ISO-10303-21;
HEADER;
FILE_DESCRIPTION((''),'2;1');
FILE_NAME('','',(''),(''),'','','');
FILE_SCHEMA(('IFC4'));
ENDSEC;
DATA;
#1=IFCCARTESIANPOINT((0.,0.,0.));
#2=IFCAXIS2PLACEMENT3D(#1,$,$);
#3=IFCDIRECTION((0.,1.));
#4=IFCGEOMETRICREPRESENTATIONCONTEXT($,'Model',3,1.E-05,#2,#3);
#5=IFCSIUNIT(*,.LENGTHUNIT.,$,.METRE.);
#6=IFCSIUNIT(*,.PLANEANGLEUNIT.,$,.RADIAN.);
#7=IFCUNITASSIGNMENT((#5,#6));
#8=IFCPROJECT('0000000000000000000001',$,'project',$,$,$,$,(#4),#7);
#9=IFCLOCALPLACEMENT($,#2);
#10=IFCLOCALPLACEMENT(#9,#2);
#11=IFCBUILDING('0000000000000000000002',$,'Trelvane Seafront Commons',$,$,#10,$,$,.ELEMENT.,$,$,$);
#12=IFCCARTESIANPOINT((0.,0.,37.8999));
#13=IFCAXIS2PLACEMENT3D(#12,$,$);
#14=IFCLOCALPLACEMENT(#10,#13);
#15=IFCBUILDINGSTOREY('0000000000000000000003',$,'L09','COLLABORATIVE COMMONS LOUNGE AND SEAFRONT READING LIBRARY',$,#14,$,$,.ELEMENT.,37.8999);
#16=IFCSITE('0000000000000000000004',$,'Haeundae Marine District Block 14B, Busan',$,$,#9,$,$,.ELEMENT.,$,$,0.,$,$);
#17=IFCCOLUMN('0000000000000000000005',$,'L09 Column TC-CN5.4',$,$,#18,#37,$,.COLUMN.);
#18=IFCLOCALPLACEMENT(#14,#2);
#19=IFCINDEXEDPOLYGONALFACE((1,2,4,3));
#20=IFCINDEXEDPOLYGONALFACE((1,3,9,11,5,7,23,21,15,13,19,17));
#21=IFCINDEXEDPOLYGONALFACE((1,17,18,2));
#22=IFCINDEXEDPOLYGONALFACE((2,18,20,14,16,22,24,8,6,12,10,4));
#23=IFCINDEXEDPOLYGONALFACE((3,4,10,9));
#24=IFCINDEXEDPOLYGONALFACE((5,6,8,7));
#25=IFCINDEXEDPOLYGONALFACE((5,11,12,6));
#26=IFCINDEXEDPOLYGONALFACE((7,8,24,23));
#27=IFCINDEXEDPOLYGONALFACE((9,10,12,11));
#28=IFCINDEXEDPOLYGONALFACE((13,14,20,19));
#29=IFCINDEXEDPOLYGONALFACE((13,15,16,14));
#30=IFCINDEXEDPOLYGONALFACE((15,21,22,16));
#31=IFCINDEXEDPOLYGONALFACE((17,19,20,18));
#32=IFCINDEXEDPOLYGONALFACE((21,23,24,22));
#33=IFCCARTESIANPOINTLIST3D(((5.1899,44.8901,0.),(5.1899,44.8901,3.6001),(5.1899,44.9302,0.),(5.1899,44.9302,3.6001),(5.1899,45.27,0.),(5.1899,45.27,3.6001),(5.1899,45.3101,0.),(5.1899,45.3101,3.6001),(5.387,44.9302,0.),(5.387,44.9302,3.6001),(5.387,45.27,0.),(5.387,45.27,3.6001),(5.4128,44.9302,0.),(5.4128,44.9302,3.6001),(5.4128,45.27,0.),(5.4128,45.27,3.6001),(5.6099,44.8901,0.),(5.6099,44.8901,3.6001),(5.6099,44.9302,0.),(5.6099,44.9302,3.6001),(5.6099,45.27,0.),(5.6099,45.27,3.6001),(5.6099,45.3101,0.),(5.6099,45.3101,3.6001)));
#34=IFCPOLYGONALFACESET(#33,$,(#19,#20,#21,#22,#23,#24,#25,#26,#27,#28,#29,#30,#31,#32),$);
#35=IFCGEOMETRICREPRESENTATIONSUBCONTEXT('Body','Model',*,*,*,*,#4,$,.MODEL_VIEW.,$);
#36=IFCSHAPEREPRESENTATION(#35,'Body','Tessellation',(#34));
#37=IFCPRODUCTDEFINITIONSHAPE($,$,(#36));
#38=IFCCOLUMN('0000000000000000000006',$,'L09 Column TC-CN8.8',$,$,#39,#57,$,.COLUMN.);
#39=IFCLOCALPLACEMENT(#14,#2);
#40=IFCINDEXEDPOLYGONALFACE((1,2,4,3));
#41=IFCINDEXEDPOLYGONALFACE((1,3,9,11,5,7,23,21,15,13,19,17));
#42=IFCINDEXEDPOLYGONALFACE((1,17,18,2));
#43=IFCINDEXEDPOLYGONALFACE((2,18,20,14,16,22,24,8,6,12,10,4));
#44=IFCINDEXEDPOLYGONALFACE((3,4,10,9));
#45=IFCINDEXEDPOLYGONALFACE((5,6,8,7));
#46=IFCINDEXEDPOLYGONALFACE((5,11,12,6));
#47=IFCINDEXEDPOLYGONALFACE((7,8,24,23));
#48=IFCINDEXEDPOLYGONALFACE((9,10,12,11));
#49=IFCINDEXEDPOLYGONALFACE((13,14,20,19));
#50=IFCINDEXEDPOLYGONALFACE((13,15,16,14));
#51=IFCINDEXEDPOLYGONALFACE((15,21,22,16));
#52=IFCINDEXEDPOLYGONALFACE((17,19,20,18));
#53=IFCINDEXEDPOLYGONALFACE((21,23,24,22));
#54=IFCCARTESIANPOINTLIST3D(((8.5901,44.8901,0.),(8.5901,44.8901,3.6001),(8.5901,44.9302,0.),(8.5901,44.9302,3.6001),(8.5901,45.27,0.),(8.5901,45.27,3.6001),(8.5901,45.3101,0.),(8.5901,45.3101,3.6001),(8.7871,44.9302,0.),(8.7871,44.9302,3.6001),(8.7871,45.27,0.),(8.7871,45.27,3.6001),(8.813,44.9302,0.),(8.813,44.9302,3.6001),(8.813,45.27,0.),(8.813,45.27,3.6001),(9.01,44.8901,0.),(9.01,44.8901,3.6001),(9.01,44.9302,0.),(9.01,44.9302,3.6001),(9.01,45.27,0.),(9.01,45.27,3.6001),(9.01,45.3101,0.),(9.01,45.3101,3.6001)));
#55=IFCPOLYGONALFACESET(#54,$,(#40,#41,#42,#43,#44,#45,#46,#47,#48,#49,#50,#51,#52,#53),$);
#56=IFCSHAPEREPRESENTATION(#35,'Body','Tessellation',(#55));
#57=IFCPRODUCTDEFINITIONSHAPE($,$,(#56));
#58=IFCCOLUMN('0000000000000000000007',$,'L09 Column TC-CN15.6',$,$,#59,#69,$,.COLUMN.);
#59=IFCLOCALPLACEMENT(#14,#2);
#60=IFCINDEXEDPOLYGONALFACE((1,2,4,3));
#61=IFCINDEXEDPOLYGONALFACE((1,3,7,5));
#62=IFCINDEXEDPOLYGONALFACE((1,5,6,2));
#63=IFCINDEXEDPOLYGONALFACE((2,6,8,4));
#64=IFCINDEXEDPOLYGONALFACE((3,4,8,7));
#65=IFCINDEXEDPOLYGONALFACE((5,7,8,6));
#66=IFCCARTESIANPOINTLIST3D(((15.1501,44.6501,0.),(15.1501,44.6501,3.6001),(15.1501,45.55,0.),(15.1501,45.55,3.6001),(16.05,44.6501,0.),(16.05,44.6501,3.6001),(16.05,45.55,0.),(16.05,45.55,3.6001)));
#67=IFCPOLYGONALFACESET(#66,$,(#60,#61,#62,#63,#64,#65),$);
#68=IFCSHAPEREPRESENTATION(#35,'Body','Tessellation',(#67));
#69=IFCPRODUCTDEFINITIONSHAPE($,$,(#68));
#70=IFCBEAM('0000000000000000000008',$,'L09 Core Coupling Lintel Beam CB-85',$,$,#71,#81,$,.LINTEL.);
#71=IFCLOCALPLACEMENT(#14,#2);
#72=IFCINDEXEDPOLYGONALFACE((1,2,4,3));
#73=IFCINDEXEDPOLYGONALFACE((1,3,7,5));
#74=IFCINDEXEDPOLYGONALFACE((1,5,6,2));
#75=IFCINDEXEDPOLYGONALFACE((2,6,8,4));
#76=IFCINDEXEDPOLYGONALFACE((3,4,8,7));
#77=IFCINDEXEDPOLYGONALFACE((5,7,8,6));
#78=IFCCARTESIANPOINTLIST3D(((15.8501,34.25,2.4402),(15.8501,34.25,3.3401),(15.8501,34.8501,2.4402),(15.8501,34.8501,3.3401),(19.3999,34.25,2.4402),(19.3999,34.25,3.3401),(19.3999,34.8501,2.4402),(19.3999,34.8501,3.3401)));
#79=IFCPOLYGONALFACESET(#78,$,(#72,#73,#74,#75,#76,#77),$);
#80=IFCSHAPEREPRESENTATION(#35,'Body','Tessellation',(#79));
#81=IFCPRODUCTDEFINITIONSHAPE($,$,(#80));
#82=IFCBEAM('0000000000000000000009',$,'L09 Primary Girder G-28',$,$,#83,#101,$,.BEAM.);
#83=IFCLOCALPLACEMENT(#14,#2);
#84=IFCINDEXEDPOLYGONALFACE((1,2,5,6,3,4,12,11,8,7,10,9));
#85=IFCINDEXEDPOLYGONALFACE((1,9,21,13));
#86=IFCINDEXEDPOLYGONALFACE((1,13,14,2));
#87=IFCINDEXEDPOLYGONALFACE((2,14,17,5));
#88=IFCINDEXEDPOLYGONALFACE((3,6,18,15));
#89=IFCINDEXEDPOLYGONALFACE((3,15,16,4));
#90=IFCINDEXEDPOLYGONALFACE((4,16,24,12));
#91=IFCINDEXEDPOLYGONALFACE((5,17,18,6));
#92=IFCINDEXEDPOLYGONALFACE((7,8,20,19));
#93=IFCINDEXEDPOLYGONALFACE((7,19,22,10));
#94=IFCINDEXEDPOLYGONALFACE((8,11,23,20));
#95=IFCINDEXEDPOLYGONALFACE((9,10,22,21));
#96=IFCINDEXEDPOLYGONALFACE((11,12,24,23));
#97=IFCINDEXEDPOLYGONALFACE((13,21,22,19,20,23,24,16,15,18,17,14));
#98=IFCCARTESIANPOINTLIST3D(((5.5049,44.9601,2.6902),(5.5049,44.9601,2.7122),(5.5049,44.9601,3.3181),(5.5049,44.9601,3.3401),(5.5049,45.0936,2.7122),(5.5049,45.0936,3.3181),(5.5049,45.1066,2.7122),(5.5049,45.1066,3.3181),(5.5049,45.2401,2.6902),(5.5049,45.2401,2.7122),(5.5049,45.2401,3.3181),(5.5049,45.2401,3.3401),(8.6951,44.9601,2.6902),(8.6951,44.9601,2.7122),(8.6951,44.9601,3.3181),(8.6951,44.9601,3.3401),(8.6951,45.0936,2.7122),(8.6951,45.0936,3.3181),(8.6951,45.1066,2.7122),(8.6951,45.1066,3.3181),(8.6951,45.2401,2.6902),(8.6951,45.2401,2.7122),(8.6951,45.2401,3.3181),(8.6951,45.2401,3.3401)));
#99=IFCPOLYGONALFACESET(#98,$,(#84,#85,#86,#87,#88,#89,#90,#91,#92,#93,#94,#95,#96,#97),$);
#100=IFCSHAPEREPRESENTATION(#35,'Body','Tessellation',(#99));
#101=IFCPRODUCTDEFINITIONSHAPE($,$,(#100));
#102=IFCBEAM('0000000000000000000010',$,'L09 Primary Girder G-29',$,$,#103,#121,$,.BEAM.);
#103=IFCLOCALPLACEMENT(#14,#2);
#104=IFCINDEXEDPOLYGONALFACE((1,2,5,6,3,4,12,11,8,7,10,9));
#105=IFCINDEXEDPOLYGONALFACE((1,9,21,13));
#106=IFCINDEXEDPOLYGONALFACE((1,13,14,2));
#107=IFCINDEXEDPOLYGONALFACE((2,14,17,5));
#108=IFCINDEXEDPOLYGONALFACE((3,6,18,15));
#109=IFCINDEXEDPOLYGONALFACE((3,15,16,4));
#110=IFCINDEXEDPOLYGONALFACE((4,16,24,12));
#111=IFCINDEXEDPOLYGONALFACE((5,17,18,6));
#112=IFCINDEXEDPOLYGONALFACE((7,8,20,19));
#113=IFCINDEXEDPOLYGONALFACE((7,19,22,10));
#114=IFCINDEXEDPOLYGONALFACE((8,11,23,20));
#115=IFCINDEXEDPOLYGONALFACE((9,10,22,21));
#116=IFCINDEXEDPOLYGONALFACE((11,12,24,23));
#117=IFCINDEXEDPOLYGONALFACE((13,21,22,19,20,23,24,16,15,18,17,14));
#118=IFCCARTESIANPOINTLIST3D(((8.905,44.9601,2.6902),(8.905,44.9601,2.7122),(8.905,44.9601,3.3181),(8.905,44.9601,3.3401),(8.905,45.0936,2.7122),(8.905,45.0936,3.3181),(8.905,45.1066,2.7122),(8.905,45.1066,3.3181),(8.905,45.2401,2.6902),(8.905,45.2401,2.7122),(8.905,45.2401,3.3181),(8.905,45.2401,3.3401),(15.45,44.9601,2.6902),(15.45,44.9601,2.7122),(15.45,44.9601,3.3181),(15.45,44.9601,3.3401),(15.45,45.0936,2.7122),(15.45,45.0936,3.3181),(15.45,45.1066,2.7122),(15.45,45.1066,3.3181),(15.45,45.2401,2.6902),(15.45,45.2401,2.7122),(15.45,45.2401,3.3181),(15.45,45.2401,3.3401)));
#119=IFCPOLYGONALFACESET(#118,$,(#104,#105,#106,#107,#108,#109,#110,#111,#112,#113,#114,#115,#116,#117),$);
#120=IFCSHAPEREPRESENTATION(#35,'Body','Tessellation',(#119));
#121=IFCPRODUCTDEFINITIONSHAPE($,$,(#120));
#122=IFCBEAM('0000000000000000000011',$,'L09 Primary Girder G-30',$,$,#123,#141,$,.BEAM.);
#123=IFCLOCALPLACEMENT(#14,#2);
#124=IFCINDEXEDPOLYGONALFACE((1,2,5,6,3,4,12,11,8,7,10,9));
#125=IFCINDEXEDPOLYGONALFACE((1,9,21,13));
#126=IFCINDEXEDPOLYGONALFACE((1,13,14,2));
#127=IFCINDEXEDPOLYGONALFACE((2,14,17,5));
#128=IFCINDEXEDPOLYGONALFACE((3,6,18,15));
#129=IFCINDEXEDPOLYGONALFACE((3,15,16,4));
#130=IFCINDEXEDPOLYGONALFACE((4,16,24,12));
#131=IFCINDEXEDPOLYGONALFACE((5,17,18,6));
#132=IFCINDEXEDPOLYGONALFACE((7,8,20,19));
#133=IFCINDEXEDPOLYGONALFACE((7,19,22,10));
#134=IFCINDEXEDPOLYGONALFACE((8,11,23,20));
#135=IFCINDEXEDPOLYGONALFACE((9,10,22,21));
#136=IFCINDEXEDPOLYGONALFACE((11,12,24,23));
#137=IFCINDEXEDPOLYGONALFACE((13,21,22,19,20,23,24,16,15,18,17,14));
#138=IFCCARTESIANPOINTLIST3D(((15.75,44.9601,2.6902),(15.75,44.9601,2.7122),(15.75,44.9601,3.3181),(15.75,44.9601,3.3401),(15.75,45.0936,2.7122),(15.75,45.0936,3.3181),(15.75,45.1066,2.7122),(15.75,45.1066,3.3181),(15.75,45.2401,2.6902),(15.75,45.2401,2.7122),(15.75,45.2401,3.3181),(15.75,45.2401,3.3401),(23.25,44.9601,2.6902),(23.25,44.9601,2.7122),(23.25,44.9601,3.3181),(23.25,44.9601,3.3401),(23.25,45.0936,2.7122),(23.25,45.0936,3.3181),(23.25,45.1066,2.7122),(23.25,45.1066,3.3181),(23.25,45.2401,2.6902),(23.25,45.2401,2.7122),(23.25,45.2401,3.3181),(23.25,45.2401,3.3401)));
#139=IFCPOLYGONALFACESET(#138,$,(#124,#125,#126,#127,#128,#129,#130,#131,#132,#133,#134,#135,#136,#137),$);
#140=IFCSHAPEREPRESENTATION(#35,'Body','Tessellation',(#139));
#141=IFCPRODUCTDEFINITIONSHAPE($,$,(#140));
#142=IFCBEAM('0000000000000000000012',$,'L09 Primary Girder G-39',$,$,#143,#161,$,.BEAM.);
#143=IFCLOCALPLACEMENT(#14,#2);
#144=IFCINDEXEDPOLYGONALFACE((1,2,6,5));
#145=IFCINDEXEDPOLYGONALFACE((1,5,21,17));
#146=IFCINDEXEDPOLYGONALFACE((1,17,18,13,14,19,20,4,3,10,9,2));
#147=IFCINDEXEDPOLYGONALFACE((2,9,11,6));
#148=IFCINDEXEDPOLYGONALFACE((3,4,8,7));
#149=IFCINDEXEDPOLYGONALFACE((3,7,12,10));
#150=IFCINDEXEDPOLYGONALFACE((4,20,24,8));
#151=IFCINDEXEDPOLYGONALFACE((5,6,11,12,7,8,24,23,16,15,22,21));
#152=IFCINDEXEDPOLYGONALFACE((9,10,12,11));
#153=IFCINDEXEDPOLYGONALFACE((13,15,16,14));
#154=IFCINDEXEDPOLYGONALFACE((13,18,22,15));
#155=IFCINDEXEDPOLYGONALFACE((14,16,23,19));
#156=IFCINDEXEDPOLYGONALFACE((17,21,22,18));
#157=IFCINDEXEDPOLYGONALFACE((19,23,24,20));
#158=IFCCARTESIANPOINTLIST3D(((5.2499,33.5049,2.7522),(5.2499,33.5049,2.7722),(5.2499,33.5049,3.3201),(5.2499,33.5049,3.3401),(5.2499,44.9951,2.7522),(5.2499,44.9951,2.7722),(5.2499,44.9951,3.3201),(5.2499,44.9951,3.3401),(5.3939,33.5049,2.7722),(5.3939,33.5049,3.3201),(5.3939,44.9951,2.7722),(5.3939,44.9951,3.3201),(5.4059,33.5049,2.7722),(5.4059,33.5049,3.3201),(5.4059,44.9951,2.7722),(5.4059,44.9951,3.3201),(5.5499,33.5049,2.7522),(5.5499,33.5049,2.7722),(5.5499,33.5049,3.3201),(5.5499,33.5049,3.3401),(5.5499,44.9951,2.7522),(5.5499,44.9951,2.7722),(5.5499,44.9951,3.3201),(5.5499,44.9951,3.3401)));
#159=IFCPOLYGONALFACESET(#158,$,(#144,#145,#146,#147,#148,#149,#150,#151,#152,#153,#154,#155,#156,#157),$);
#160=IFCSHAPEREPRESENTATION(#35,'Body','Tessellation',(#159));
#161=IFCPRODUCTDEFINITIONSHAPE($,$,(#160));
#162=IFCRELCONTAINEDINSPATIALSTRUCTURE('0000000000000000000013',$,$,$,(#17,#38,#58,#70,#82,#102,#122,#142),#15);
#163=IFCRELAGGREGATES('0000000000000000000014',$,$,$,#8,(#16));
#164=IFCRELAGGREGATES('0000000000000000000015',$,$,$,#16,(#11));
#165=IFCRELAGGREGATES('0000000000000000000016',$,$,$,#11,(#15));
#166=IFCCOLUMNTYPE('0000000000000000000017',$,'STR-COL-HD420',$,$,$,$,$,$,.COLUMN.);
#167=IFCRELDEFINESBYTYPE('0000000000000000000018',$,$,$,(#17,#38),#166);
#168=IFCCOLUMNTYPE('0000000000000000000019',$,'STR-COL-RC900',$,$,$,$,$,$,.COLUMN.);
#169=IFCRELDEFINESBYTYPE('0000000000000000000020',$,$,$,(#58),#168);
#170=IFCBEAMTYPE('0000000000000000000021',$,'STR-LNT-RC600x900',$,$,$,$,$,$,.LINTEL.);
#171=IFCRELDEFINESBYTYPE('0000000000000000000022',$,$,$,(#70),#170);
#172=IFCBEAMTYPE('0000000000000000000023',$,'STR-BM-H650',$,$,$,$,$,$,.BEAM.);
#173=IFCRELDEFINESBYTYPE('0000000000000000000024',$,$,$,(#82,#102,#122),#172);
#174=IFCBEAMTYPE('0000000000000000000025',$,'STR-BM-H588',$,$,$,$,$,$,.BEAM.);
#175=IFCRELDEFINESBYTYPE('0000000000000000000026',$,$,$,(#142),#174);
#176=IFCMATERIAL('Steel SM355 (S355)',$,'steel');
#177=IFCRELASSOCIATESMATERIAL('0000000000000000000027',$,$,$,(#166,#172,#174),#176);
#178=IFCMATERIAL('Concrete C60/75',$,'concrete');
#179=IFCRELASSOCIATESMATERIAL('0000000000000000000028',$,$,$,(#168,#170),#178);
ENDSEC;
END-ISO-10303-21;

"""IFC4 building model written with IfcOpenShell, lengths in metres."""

from ifc_helpers import new_model, si_unit, direction, frame, origin, origin_2d, place, context, subcontext, project, spatial, rectangle, i_section, extrude, source, transform, mapped, material, material_profile, profile_set, type_object, element, save


model = new_model("IFC4")

# Units and contexts
model_context = context("Model", 3, precision=1e-05, world=origin(), true_north=direction((0.0, 1.0)))
body_context = subcontext(model_context, "Body", "Model", "MODEL_VIEW")
ifc_project = project(units=[si_unit("LENGTHUNIT", "METRE"), si_unit("PLANEANGLEUNIT", "RADIAN")], contexts=[model_context])

# Site, building, storey
site_placement = place(None, origin())
site = spatial("IfcSite", under=ifc_project, at=site_placement, Name="Haeundae Marine District Block 14B, Busan", CompositionType="ELEMENT", RefElevation=0.0)
building_placement = place(site_placement, origin())
building = spatial("IfcBuilding", under=site, at=building_placement, Name="Trelvane Seafront Commons", CompositionType="ELEMENT")
storey_placement = place(building_placement, frame((0.0, 0.0, 37.8999)))
storey = spatial("IfcBuildingStorey", under=building, at=storey_placement, Name="L09", Description="COLLABORATIVE COMMONS LOUNGE AND SEAFRONT READING LIBRARY", CompositionType="ELEMENT", Elevation=37.8999)

# Columns
ifc_material_1 = material(Name="Steel SM355 (S355)", Category="steel")
ifc_material_profile_1 = material_profile(ifc_material_1, i_section(OverallWidth=0.4199, OverallDepth=0.4199, WebThickness=0.0259, FlangeThickness=0.04, at=origin_2d()), Name="HD-420x420x26x40")
ifc_profile_set_1 = profile_set([ifc_material_profile_1], Name="Steel SM355 (S355)")
column_type_1 = type_object("IfcColumnType", Name="STR-COL-HD420", PredefinedType="COLUMN", material=ifc_profile_set_1)
shared_shape_1 = source(origin(), body_context, "Body", "SweptSolid", [
    extrude(i_section(OverallWidth=0.4199, OverallDepth=0.4199, WebThickness=0.0259, FlangeThickness=0.04, at=origin_2d()), origin(), (0.0, 0.0, 1.0), 3.6001),
])
for number, where, z_axis, x_axis, name in (
    (1, (5.3999, 45.1001, 0.0), (0.0, 0.0, 1.0), (1.0, 0.0, 0.0), "L09 Column TC-CN5.4"),
    (2, (8.8, 45.1001, 0.0), (0.0, 0.0, 1.0), (1.0, 0.0, 0.0), "L09 Column TC-CN8.8"),
):
    element("IfcColumn", number, at=place(storey_placement, frame(where, z_axis=z_axis, x_axis=x_axis)), inside=storey, type_object=column_type_1, Name=name, PredefinedType="COLUMN", context=body_context, shape_type="MappedRepresentation", body=[
        mapped(shared_shape_1, transform((0.0, 0.0, 0.0), x_axis=(1.0, 0.0, 0.0), y_axis=(0.0, 1.0, 0.0), z_axis=(0.0, 0.0, 1.0), scale=1.0)),
    ])
ifc_material_2 = material(Name="Concrete C60/75", Category="concrete")
ifc_material_profile_2 = material_profile(ifc_material_2, rectangle(XDim=0.8999, YDim=0.8999, at=origin_2d()), Name="RC-900x900")
ifc_profile_set_2 = profile_set([ifc_material_profile_2], Name="Concrete C60/75")
column_type_2 = type_object("IfcColumnType", Name="STR-COL-RC900", PredefinedType="COLUMN", material=ifc_profile_set_2)
shared_shape_2 = source(origin(), body_context, "Body", "SweptSolid", [
    extrude(rectangle(XDim=0.8999, YDim=0.8999, at=origin_2d()), origin(), (0.0, 0.0, 1.0), 3.6001),
])
column_placement = place(storey_placement, frame((15.6001, 45.1001, 0.0), z_axis=(0.0, 0.0, 1.0), x_axis=(1.0, 0.0, 0.0)))
element("IfcColumn", 3, at=column_placement, inside=storey, type_object=column_type_2, Name="L09 Column TC-CN15.6", PredefinedType="COLUMN", context=body_context, shape_type="MappedRepresentation", body=[
    mapped(shared_shape_2, transform((0.0, 0.0, 0.0), x_axis=(1.0, 0.0, 0.0), y_axis=(0.0, 1.0, 0.0), z_axis=(0.0, 0.0, 1.0), scale=1.0)),
])

# Beams
ifc_material_profile_3 = material_profile(ifc_material_2, rectangle(XDim=0.6001, YDim=0.8999, at=origin_2d()), Name="RC-600x900")
ifc_profile_set_3 = profile_set([ifc_material_profile_3], Name="Concrete C60/75")
beam_type_1 = type_object("IfcBeamType", Name="STR-LNT-RC600x900", PredefinedType="LINTEL", material=ifc_profile_set_3)
shared_shape_3 = source(origin(), body_context, "Body", "SweptSolid", [
    extrude(rectangle(XDim=0.6001, YDim=0.8999, at=origin_2d()), origin(), (0.0, 0.0, 1.0), 3.5498),
])
beam_1_placement = place(storey_placement, frame((15.8501, 34.55, 2.8901), z_axis=(1.0, 0.0, 0.0), x_axis=(0.0, 1.0, 0.0)))
element("IfcBeam", 4, at=beam_1_placement, inside=storey, type_object=beam_type_1, Name="L09 Core Coupling Lintel Beam CB-85", PredefinedType="LINTEL", context=body_context, shape_type="MappedRepresentation", body=[
    mapped(shared_shape_3, transform((0.0, 0.0, 0.0), x_axis=(1.0, 0.0, 0.0), y_axis=(0.0, 1.0, 0.0), z_axis=(0.0, 0.0, 1.0), scale=1.0)),
])
ifc_material_profile_4 = material_profile(ifc_material_1, i_section(OverallWidth=0.28, OverallDepth=0.6499, WebThickness=0.0129, FlangeThickness=0.022, at=origin_2d()), Name="H-650x280x13x22")
ifc_profile_set_4 = profile_set([ifc_material_profile_4], Name="Steel SM355 (S355)")
beam_type_2 = type_object("IfcBeamType", Name="STR-BM-H650", PredefinedType="BEAM", material=ifc_profile_set_4)
shared_shape_4 = source(origin(), body_context, "Body", "SweptSolid", [
    extrude(i_section(OverallWidth=0.28, OverallDepth=0.6499, WebThickness=0.0129, FlangeThickness=0.022, at=origin_2d()), origin(), (0.0, 0.0, 1.0), 3.1902),
])
beam_2_placement = place(storey_placement, frame((5.5049, 45.1001, 3.0151), z_axis=(1.0, 0.0, 0.0), x_axis=(0.0, 1.0, 0.0)))
element("IfcBeam", 5, at=beam_2_placement, inside=storey, type_object=beam_type_2, Name="L09 Primary Girder G-28", PredefinedType="BEAM", context=body_context, shape_type="MappedRepresentation", body=[
    mapped(shared_shape_4, transform((0.0, 0.0, 0.0), x_axis=(1.0, 0.0, 0.0), y_axis=(0.0, 1.0, 0.0), z_axis=(0.0, 0.0, 1.0), scale=1.0)),
])
shared_shape_5 = source(origin(), body_context, "Body", "SweptSolid", [
    extrude(i_section(OverallWidth=0.28, OverallDepth=0.6499, WebThickness=0.0129, FlangeThickness=0.022, at=origin_2d()), origin(), (0.0, 0.0, 1.0), 6.5449),
])
beam_3_placement = place(storey_placement, frame((8.905, 45.1001, 3.0151), z_axis=(1.0, 0.0, 0.0), x_axis=(0.0, 1.0, 0.0)))
element("IfcBeam", 6, at=beam_3_placement, inside=storey, type_object=beam_type_2, Name="L09 Primary Girder G-29", PredefinedType="BEAM", context=body_context, shape_type="MappedRepresentation", body=[
    mapped(shared_shape_5, transform((0.0, 0.0, 0.0), x_axis=(1.0, 0.0, 0.0), y_axis=(0.0, 1.0, 0.0), z_axis=(0.0, 0.0, 1.0), scale=1.0)),
])
shared_shape_6 = source(origin(), body_context, "Body", "SweptSolid", [
    extrude(i_section(OverallWidth=0.28, OverallDepth=0.6499, WebThickness=0.0129, FlangeThickness=0.022, at=origin_2d()), origin(), (0.0, 0.0, 1.0), 7.5),
])
beam_4_placement = place(storey_placement, frame((15.75, 45.1001, 3.0151), z_axis=(1.0, 0.0, 0.0), x_axis=(0.0, 1.0, 0.0)))
element("IfcBeam", 7, at=beam_4_placement, inside=storey, type_object=beam_type_2, Name="L09 Primary Girder G-30", PredefinedType="BEAM", context=body_context, shape_type="MappedRepresentation", body=[
    mapped(shared_shape_6, transform((0.0, 0.0, 0.0), x_axis=(1.0, 0.0, 0.0), y_axis=(0.0, 1.0, 0.0), z_axis=(0.0, 0.0, 1.0), scale=1.0)),
])
ifc_material_profile_5 = material_profile(ifc_material_1, i_section(OverallWidth=0.3, OverallDepth=0.5879, WebThickness=0.012, FlangeThickness=0.02, at=origin_2d()), Name="H-588x300x12x20")
ifc_profile_set_5 = profile_set([ifc_material_profile_5], Name="Steel SM355 (S355)")
beam_type_3 = type_object("IfcBeamType", Name="STR-BM-H588", PredefinedType="BEAM", material=ifc_profile_set_5)
shared_shape_7 = source(origin(), body_context, "Body", "SweptSolid", [
    extrude(i_section(OverallWidth=0.3, OverallDepth=0.5879, WebThickness=0.012, FlangeThickness=0.02, at=origin_2d()), origin(), (0.0, 0.0, 1.0), 11.4902),
])
for number, where, z_axis, x_axis, name in (
    (8, (5.3999, 33.5049, 3.0461), (0.0, 1.0, 0.0), (-1.0, 0.0, 0.0), "L09 Primary Girder G-39"),
):
    element("IfcBeam", number, at=place(storey_placement, frame(where, z_axis=z_axis, x_axis=x_axis)), inside=storey, type_object=beam_type_3, Name=name, PredefinedType="BEAM", context=body_context, shape_type="MappedRepresentation", body=[
        mapped(shared_shape_7, transform((0.0, 0.0, 0.0), x_axis=(1.0, 0.0, 0.0), y_axis=(0.0, 1.0, 0.0), z_axis=(0.0, 0.0, 1.0), scale=1.0)),
    ])

save(model, "model.ifc")
